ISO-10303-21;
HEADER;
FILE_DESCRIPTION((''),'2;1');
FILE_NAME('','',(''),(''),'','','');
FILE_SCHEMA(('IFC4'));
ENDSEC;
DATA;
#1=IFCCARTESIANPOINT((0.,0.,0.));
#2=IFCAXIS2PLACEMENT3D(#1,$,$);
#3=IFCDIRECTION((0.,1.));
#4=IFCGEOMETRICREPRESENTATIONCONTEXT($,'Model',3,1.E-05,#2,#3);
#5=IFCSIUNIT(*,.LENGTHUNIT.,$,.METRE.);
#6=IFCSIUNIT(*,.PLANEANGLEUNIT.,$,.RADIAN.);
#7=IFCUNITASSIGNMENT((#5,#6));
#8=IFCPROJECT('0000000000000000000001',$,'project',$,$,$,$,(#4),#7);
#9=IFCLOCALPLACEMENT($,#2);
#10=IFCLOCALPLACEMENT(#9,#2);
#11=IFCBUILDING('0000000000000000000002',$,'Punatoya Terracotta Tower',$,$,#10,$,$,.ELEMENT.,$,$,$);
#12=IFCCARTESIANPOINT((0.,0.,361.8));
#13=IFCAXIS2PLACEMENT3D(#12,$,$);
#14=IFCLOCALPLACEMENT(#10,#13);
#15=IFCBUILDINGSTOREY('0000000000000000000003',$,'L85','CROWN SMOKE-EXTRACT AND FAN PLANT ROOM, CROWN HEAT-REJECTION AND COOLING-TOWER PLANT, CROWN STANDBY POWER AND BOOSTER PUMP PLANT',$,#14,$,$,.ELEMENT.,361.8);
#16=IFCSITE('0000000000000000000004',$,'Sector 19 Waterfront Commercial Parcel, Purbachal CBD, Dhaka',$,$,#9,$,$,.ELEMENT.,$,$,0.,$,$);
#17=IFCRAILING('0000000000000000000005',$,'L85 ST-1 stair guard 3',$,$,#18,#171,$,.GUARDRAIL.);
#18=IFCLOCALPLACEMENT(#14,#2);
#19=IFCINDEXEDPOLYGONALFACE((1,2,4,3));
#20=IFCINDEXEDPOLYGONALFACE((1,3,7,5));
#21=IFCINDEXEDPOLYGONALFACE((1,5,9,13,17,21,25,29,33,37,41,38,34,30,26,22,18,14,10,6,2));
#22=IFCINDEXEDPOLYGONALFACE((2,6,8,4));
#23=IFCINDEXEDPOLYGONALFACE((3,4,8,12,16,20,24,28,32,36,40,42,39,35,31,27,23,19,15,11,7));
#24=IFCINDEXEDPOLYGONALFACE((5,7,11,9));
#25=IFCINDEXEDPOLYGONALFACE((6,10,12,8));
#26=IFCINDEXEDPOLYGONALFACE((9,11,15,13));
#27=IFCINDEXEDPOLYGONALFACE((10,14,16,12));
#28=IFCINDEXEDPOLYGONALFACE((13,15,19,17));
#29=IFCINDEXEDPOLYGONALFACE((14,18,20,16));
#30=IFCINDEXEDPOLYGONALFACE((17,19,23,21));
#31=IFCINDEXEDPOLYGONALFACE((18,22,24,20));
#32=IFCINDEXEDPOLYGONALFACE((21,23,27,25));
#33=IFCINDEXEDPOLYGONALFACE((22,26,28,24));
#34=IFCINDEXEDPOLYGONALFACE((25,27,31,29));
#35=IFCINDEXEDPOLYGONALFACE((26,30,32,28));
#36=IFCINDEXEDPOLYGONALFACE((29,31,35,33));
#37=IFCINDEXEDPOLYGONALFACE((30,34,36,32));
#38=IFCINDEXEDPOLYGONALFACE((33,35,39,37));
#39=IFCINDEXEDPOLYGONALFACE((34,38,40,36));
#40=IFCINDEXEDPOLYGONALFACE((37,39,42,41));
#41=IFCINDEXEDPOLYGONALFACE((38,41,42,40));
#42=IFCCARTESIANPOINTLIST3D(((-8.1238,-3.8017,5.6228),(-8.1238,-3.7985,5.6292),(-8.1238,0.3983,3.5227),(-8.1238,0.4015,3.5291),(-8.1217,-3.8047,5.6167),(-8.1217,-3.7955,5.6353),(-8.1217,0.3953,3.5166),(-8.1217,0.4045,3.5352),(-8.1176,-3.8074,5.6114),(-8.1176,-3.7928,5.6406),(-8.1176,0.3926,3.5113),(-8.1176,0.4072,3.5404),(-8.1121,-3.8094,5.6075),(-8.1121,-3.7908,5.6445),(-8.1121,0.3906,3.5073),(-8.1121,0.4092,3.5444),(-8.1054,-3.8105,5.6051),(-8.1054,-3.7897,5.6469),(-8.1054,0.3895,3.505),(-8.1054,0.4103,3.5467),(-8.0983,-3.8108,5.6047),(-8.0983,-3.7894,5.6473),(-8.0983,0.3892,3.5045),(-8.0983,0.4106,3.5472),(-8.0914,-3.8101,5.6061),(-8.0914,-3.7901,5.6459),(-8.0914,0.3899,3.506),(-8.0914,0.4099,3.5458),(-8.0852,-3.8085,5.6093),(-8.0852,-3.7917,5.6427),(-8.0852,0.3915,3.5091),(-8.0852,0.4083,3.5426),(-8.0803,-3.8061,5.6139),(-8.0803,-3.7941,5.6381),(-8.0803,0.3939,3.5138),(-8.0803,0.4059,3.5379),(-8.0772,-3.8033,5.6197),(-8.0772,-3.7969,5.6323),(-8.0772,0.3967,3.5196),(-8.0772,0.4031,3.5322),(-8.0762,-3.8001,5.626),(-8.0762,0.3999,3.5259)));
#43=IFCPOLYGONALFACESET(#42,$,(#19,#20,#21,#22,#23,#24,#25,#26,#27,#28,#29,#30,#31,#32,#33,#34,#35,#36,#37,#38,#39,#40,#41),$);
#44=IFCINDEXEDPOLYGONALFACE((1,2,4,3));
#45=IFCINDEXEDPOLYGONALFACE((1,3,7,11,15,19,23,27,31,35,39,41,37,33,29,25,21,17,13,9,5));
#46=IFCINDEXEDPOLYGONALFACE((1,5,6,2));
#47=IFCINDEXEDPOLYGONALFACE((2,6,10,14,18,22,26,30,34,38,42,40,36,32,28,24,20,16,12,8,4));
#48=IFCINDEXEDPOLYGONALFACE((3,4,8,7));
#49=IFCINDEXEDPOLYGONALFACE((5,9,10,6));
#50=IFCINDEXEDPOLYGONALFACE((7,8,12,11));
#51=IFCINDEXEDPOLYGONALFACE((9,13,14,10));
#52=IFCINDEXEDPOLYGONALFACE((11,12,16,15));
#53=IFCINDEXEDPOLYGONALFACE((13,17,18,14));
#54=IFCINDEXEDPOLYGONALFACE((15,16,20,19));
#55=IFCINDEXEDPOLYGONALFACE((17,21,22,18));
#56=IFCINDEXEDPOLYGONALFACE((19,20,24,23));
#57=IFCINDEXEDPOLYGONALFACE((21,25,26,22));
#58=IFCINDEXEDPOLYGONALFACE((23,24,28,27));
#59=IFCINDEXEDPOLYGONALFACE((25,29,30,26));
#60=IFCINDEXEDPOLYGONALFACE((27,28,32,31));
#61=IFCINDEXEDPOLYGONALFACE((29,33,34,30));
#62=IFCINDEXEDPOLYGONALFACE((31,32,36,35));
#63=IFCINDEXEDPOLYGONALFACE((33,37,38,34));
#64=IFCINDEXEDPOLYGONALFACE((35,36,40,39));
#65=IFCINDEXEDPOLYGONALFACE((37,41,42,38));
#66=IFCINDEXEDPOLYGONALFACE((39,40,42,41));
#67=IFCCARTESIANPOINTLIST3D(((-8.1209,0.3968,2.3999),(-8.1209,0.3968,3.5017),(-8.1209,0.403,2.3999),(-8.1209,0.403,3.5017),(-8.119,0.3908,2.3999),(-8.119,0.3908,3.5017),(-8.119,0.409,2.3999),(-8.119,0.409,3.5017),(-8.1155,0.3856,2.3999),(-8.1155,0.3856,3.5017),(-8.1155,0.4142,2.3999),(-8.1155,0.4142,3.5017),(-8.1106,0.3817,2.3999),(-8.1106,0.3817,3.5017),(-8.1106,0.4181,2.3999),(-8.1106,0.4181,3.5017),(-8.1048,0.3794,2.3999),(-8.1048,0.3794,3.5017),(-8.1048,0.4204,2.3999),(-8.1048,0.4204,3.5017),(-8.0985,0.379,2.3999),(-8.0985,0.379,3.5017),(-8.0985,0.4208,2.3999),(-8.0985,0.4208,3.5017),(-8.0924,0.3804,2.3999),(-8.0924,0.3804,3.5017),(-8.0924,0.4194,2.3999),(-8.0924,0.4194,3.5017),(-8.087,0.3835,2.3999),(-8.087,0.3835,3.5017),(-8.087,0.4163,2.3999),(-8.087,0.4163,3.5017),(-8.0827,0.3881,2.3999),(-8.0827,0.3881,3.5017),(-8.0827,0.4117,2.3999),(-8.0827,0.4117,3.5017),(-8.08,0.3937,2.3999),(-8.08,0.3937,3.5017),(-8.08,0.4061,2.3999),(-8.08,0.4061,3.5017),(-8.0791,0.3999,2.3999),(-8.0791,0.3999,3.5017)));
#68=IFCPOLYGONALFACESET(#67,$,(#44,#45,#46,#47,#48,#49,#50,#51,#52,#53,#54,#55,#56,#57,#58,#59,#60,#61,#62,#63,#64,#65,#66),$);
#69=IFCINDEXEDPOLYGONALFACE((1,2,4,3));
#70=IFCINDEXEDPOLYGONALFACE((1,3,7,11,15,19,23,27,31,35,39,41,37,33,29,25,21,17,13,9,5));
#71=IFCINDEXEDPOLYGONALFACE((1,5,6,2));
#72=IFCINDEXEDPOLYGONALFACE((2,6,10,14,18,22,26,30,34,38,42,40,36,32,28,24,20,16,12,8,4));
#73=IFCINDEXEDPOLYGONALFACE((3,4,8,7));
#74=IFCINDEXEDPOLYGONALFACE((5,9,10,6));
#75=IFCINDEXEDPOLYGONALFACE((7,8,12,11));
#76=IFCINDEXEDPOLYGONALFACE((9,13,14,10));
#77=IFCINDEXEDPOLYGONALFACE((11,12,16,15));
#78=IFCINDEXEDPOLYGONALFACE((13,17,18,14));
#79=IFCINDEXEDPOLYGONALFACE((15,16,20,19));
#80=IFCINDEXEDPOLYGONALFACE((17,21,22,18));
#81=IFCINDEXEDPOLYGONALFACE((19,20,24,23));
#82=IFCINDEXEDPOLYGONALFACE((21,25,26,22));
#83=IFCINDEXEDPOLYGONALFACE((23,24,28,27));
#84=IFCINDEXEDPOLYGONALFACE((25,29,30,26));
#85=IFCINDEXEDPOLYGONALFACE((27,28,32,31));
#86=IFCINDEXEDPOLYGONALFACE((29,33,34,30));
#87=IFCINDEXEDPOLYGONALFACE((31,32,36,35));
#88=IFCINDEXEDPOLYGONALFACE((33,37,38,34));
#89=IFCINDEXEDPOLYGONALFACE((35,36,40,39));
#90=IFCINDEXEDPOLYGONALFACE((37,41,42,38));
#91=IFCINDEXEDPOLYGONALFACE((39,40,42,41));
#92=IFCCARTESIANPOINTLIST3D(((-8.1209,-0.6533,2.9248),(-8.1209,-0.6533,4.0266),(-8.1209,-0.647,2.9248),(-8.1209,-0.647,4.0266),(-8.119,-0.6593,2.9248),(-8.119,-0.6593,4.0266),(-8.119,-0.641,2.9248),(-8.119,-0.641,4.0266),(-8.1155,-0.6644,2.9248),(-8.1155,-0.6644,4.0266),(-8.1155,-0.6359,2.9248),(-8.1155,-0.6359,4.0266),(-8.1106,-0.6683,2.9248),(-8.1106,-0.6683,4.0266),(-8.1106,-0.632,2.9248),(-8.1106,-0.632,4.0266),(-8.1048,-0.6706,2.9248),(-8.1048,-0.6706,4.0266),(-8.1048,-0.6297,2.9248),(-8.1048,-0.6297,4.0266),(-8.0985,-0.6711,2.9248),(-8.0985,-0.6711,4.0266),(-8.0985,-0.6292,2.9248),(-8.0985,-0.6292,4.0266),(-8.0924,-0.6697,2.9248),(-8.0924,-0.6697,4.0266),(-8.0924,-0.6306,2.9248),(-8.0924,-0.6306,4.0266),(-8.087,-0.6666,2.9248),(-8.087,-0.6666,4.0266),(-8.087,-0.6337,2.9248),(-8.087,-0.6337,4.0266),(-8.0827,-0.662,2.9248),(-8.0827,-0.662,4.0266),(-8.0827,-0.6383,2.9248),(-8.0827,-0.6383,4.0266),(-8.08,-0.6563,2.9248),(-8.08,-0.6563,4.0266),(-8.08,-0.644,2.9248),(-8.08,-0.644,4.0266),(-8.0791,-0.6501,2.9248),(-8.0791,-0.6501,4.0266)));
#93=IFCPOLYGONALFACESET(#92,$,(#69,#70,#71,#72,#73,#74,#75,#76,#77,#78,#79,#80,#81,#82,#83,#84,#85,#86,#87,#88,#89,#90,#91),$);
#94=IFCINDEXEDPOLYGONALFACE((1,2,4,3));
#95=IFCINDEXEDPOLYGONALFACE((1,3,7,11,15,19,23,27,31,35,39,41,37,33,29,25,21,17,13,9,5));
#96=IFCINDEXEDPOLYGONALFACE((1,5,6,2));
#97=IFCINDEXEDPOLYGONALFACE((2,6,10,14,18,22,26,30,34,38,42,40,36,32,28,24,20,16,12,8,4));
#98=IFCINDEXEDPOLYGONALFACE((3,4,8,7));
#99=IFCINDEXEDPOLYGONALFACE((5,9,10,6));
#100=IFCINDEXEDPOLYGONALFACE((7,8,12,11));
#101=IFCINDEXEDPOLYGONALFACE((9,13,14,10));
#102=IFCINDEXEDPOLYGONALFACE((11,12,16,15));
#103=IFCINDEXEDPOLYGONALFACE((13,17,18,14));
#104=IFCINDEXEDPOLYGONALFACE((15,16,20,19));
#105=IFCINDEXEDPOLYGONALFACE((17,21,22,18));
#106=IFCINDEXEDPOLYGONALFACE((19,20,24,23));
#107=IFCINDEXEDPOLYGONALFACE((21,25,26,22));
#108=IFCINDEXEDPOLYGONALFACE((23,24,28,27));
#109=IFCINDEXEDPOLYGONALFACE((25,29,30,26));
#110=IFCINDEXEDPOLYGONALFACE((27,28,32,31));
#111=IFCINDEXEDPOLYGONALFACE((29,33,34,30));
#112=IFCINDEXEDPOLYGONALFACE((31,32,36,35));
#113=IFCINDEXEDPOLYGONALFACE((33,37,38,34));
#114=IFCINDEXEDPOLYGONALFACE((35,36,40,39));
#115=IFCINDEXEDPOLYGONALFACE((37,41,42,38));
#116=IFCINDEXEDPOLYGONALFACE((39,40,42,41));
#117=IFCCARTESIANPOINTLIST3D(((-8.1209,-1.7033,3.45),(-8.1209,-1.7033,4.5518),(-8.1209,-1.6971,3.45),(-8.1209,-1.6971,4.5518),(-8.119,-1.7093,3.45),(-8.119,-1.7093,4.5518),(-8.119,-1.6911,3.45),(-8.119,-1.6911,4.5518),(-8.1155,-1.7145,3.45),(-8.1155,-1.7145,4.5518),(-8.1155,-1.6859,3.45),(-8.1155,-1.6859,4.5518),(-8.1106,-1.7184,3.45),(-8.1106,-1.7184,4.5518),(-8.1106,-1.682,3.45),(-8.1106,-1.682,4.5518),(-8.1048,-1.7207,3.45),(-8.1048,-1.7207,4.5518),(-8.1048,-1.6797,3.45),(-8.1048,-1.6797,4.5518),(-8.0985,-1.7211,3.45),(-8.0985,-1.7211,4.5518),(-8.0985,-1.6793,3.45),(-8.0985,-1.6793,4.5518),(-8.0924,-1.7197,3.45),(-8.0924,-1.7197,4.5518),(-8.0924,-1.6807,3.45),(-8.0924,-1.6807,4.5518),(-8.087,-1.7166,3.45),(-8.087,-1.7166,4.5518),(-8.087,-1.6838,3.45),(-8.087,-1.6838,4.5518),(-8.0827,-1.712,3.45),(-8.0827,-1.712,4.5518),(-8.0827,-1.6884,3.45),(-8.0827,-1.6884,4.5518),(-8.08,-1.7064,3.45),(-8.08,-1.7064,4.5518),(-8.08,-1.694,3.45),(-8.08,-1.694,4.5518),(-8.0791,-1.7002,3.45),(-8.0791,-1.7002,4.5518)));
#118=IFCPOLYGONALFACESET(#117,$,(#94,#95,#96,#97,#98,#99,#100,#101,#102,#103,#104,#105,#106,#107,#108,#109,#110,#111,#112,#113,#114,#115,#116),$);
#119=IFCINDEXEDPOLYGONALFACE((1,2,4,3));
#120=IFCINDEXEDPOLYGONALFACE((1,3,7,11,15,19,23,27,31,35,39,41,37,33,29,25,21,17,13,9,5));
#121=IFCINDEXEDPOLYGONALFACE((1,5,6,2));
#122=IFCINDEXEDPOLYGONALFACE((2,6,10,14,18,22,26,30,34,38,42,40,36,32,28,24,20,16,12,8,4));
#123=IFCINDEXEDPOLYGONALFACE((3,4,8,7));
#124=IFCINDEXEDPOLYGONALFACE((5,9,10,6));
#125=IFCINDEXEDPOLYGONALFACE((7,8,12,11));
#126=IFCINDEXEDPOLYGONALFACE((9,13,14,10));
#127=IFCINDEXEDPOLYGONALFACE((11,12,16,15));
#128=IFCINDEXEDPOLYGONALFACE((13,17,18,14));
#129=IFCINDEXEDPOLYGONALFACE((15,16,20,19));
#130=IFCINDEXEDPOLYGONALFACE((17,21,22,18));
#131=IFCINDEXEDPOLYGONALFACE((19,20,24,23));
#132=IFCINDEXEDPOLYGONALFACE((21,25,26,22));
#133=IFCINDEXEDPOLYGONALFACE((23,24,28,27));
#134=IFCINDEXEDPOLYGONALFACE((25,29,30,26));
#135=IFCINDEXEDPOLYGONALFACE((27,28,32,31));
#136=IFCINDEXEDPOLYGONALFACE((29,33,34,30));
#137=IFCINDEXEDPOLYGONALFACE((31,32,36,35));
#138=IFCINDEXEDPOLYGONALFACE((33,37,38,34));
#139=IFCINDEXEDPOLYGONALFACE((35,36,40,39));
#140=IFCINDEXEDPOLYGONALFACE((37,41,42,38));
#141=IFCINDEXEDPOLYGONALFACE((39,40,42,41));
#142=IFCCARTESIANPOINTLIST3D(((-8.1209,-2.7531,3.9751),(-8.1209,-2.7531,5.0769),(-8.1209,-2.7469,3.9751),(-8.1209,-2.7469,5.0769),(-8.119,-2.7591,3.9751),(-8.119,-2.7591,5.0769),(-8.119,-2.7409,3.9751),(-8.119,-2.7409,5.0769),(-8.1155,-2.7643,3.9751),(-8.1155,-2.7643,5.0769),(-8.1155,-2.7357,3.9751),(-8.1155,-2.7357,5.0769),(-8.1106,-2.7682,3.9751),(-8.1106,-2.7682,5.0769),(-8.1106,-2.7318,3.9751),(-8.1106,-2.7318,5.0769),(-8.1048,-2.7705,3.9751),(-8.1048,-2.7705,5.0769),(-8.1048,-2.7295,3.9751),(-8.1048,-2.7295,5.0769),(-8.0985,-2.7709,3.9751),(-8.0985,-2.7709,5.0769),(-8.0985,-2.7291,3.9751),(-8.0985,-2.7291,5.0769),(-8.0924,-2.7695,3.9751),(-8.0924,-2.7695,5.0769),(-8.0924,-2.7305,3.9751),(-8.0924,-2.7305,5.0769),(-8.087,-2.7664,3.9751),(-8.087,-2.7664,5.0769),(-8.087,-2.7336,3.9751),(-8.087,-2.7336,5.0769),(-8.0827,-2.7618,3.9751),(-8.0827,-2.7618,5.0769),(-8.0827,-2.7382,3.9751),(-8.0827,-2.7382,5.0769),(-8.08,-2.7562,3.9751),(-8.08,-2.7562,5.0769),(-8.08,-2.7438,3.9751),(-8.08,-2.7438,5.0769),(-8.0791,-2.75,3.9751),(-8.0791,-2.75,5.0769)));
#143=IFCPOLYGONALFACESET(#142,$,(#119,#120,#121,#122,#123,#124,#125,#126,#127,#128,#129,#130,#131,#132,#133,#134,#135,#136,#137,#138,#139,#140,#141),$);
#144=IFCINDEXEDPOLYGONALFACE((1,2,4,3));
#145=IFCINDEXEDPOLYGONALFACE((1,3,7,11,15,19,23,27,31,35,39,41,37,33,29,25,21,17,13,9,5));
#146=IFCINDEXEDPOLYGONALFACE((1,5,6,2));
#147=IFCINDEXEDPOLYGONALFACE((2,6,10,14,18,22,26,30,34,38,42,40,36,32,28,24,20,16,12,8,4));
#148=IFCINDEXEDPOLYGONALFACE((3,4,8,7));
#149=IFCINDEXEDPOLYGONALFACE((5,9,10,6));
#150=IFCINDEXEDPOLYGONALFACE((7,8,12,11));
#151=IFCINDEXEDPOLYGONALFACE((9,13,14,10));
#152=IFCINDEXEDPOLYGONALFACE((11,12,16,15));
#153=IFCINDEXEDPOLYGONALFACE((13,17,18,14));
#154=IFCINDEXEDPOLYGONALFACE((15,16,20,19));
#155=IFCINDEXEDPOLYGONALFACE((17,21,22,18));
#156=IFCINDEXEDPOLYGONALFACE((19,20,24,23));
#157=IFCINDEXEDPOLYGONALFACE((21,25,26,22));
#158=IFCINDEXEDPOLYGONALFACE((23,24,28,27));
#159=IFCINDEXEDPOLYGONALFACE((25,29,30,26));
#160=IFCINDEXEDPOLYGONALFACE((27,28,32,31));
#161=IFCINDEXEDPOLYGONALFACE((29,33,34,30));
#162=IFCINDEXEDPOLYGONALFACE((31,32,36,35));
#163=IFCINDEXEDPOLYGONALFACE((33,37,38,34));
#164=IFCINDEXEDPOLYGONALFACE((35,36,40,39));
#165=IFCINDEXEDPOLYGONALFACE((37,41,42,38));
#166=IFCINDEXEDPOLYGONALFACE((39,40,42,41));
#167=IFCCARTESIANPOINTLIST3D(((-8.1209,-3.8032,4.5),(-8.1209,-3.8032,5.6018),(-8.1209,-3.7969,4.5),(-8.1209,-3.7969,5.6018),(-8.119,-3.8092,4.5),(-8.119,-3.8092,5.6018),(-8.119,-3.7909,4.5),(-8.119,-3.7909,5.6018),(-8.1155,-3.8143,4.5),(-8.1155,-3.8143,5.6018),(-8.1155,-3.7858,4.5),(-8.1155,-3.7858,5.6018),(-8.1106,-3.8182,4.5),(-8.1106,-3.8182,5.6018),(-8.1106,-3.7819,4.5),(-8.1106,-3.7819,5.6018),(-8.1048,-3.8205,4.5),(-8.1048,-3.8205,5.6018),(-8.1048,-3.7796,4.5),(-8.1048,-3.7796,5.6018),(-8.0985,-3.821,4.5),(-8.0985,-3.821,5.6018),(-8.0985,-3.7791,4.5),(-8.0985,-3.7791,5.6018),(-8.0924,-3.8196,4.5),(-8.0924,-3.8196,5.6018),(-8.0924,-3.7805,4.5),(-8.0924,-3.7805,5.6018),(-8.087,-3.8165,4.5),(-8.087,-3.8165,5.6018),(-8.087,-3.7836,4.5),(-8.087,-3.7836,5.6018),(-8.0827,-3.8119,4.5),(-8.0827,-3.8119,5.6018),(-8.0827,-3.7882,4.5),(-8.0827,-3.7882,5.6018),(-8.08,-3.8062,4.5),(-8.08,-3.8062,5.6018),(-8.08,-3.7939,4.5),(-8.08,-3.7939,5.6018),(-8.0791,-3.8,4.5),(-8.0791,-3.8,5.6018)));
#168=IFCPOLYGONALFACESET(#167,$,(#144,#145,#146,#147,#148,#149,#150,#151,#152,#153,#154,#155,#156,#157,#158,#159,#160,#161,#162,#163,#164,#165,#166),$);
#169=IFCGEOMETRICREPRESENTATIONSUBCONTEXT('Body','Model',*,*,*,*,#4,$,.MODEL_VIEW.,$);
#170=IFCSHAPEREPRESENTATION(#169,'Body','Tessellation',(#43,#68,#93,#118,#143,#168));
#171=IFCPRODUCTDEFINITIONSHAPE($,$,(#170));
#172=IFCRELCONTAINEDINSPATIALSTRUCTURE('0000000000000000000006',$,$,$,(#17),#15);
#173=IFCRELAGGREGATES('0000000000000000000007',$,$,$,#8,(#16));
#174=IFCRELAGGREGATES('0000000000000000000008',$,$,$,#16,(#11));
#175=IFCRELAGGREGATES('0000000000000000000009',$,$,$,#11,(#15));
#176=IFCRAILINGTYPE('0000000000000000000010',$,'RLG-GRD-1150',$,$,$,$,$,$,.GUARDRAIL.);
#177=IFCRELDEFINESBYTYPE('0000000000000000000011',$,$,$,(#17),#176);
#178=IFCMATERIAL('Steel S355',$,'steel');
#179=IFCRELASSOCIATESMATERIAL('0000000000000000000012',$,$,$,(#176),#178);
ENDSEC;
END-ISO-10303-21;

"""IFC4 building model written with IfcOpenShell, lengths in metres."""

from ifc_helpers import new_model, si_unit, direction, frame, origin, origin_2d, place, context, subcontext, project, spatial, circle, extrude, material, type_object, element, save


model = new_model("IFC4")

# Units and contexts
model_context = context("Model", 3, precision=1e-05, world=origin(), true_north=direction((0.0, 1.0)))
body_context = subcontext(model_context, "Body", "Model", "MODEL_VIEW")
ifc_project = project(units=[si_unit("LENGTHUNIT", "METRE"), si_unit("PLANEANGLEUNIT", "RADIAN")], contexts=[model_context])

# Site, building, storey
site_placement = place(None, origin())
site = spatial("IfcSite", under=ifc_project, at=site_placement, Name="Sector 19 Waterfront Commercial Parcel, Purbachal CBD, Dhaka", CompositionType="ELEMENT", RefElevation=0.0)
building_placement = place(site_placement, origin())
building = spatial("IfcBuilding", under=site, at=building_placement, Name="Punatoya Terracotta Tower", CompositionType="ELEMENT")
storey_placement = place(building_placement, frame((0.0, 0.0, 361.8)))
storey = spatial("IfcBuildingStorey", under=building, at=storey_placement, Name="L85", Description="CROWN SMOKE-EXTRACT AND FAN PLANT ROOM, CROWN HEAT-REJECTION AND COOLING-TOWER PLANT, CROWN STANDBY POWER AND BOOSTER PUMP PLANT", CompositionType="ELEMENT", Elevation=361.8)

# Shared definitions
ifc_material_1 = material(Name="Steel S355", Category="steel")

# Railing
railing_type_1 = type_object("IfcRailingType", Name="RLG-GRD-1150", PredefinedType="GUARDRAIL", material=ifc_material_1)
railing_1_placement = place(storey_placement, frame((-8.1001, 0.3999, 2.3999)))
element("IfcRailing", 1, at=railing_1_placement, inside=storey, type_object=railing_type_1, Name="L85 ST-1 stair guard 3", PredefinedType="GUARDRAIL", context=body_context, shape_type="SweptSolid", body=[
    extrude(circle(Radius=0.0239, at=origin_2d()), frame((0.0, 0.0, 1.126), z_axis=(0.0, -0.894417, 0.447234), x_axis=(1.0, 0.0, 0.0)), (0.0, 0.0, 1.0), 4.6958),
    extrude(circle(Radius=0.021, at=origin_2d()), origin(), (0.0, 0.0, 1.0), 1.1018),
    extrude(circle(Radius=0.021, at=origin_2d()), frame((0.0, -1.05, 0.5249)), (0.0, 0.0, 1.0), 1.1018),
    extrude(circle(Radius=0.021, at=origin_2d()), frame((0.0, -2.1001, 1.05)), (0.0, 0.0, 1.0), 1.1018),
    extrude(circle(Radius=0.021, at=origin_2d()), frame((0.0, -3.1499, 1.5752)), (0.0, 0.0, 1.0), 1.1018),
    extrude(circle(Radius=0.021, at=origin_2d()), frame((0.0, -4.2, 2.1001)), (0.0, 0.0, 1.0), 1.1018),
])

save(model, "model.ifc")
